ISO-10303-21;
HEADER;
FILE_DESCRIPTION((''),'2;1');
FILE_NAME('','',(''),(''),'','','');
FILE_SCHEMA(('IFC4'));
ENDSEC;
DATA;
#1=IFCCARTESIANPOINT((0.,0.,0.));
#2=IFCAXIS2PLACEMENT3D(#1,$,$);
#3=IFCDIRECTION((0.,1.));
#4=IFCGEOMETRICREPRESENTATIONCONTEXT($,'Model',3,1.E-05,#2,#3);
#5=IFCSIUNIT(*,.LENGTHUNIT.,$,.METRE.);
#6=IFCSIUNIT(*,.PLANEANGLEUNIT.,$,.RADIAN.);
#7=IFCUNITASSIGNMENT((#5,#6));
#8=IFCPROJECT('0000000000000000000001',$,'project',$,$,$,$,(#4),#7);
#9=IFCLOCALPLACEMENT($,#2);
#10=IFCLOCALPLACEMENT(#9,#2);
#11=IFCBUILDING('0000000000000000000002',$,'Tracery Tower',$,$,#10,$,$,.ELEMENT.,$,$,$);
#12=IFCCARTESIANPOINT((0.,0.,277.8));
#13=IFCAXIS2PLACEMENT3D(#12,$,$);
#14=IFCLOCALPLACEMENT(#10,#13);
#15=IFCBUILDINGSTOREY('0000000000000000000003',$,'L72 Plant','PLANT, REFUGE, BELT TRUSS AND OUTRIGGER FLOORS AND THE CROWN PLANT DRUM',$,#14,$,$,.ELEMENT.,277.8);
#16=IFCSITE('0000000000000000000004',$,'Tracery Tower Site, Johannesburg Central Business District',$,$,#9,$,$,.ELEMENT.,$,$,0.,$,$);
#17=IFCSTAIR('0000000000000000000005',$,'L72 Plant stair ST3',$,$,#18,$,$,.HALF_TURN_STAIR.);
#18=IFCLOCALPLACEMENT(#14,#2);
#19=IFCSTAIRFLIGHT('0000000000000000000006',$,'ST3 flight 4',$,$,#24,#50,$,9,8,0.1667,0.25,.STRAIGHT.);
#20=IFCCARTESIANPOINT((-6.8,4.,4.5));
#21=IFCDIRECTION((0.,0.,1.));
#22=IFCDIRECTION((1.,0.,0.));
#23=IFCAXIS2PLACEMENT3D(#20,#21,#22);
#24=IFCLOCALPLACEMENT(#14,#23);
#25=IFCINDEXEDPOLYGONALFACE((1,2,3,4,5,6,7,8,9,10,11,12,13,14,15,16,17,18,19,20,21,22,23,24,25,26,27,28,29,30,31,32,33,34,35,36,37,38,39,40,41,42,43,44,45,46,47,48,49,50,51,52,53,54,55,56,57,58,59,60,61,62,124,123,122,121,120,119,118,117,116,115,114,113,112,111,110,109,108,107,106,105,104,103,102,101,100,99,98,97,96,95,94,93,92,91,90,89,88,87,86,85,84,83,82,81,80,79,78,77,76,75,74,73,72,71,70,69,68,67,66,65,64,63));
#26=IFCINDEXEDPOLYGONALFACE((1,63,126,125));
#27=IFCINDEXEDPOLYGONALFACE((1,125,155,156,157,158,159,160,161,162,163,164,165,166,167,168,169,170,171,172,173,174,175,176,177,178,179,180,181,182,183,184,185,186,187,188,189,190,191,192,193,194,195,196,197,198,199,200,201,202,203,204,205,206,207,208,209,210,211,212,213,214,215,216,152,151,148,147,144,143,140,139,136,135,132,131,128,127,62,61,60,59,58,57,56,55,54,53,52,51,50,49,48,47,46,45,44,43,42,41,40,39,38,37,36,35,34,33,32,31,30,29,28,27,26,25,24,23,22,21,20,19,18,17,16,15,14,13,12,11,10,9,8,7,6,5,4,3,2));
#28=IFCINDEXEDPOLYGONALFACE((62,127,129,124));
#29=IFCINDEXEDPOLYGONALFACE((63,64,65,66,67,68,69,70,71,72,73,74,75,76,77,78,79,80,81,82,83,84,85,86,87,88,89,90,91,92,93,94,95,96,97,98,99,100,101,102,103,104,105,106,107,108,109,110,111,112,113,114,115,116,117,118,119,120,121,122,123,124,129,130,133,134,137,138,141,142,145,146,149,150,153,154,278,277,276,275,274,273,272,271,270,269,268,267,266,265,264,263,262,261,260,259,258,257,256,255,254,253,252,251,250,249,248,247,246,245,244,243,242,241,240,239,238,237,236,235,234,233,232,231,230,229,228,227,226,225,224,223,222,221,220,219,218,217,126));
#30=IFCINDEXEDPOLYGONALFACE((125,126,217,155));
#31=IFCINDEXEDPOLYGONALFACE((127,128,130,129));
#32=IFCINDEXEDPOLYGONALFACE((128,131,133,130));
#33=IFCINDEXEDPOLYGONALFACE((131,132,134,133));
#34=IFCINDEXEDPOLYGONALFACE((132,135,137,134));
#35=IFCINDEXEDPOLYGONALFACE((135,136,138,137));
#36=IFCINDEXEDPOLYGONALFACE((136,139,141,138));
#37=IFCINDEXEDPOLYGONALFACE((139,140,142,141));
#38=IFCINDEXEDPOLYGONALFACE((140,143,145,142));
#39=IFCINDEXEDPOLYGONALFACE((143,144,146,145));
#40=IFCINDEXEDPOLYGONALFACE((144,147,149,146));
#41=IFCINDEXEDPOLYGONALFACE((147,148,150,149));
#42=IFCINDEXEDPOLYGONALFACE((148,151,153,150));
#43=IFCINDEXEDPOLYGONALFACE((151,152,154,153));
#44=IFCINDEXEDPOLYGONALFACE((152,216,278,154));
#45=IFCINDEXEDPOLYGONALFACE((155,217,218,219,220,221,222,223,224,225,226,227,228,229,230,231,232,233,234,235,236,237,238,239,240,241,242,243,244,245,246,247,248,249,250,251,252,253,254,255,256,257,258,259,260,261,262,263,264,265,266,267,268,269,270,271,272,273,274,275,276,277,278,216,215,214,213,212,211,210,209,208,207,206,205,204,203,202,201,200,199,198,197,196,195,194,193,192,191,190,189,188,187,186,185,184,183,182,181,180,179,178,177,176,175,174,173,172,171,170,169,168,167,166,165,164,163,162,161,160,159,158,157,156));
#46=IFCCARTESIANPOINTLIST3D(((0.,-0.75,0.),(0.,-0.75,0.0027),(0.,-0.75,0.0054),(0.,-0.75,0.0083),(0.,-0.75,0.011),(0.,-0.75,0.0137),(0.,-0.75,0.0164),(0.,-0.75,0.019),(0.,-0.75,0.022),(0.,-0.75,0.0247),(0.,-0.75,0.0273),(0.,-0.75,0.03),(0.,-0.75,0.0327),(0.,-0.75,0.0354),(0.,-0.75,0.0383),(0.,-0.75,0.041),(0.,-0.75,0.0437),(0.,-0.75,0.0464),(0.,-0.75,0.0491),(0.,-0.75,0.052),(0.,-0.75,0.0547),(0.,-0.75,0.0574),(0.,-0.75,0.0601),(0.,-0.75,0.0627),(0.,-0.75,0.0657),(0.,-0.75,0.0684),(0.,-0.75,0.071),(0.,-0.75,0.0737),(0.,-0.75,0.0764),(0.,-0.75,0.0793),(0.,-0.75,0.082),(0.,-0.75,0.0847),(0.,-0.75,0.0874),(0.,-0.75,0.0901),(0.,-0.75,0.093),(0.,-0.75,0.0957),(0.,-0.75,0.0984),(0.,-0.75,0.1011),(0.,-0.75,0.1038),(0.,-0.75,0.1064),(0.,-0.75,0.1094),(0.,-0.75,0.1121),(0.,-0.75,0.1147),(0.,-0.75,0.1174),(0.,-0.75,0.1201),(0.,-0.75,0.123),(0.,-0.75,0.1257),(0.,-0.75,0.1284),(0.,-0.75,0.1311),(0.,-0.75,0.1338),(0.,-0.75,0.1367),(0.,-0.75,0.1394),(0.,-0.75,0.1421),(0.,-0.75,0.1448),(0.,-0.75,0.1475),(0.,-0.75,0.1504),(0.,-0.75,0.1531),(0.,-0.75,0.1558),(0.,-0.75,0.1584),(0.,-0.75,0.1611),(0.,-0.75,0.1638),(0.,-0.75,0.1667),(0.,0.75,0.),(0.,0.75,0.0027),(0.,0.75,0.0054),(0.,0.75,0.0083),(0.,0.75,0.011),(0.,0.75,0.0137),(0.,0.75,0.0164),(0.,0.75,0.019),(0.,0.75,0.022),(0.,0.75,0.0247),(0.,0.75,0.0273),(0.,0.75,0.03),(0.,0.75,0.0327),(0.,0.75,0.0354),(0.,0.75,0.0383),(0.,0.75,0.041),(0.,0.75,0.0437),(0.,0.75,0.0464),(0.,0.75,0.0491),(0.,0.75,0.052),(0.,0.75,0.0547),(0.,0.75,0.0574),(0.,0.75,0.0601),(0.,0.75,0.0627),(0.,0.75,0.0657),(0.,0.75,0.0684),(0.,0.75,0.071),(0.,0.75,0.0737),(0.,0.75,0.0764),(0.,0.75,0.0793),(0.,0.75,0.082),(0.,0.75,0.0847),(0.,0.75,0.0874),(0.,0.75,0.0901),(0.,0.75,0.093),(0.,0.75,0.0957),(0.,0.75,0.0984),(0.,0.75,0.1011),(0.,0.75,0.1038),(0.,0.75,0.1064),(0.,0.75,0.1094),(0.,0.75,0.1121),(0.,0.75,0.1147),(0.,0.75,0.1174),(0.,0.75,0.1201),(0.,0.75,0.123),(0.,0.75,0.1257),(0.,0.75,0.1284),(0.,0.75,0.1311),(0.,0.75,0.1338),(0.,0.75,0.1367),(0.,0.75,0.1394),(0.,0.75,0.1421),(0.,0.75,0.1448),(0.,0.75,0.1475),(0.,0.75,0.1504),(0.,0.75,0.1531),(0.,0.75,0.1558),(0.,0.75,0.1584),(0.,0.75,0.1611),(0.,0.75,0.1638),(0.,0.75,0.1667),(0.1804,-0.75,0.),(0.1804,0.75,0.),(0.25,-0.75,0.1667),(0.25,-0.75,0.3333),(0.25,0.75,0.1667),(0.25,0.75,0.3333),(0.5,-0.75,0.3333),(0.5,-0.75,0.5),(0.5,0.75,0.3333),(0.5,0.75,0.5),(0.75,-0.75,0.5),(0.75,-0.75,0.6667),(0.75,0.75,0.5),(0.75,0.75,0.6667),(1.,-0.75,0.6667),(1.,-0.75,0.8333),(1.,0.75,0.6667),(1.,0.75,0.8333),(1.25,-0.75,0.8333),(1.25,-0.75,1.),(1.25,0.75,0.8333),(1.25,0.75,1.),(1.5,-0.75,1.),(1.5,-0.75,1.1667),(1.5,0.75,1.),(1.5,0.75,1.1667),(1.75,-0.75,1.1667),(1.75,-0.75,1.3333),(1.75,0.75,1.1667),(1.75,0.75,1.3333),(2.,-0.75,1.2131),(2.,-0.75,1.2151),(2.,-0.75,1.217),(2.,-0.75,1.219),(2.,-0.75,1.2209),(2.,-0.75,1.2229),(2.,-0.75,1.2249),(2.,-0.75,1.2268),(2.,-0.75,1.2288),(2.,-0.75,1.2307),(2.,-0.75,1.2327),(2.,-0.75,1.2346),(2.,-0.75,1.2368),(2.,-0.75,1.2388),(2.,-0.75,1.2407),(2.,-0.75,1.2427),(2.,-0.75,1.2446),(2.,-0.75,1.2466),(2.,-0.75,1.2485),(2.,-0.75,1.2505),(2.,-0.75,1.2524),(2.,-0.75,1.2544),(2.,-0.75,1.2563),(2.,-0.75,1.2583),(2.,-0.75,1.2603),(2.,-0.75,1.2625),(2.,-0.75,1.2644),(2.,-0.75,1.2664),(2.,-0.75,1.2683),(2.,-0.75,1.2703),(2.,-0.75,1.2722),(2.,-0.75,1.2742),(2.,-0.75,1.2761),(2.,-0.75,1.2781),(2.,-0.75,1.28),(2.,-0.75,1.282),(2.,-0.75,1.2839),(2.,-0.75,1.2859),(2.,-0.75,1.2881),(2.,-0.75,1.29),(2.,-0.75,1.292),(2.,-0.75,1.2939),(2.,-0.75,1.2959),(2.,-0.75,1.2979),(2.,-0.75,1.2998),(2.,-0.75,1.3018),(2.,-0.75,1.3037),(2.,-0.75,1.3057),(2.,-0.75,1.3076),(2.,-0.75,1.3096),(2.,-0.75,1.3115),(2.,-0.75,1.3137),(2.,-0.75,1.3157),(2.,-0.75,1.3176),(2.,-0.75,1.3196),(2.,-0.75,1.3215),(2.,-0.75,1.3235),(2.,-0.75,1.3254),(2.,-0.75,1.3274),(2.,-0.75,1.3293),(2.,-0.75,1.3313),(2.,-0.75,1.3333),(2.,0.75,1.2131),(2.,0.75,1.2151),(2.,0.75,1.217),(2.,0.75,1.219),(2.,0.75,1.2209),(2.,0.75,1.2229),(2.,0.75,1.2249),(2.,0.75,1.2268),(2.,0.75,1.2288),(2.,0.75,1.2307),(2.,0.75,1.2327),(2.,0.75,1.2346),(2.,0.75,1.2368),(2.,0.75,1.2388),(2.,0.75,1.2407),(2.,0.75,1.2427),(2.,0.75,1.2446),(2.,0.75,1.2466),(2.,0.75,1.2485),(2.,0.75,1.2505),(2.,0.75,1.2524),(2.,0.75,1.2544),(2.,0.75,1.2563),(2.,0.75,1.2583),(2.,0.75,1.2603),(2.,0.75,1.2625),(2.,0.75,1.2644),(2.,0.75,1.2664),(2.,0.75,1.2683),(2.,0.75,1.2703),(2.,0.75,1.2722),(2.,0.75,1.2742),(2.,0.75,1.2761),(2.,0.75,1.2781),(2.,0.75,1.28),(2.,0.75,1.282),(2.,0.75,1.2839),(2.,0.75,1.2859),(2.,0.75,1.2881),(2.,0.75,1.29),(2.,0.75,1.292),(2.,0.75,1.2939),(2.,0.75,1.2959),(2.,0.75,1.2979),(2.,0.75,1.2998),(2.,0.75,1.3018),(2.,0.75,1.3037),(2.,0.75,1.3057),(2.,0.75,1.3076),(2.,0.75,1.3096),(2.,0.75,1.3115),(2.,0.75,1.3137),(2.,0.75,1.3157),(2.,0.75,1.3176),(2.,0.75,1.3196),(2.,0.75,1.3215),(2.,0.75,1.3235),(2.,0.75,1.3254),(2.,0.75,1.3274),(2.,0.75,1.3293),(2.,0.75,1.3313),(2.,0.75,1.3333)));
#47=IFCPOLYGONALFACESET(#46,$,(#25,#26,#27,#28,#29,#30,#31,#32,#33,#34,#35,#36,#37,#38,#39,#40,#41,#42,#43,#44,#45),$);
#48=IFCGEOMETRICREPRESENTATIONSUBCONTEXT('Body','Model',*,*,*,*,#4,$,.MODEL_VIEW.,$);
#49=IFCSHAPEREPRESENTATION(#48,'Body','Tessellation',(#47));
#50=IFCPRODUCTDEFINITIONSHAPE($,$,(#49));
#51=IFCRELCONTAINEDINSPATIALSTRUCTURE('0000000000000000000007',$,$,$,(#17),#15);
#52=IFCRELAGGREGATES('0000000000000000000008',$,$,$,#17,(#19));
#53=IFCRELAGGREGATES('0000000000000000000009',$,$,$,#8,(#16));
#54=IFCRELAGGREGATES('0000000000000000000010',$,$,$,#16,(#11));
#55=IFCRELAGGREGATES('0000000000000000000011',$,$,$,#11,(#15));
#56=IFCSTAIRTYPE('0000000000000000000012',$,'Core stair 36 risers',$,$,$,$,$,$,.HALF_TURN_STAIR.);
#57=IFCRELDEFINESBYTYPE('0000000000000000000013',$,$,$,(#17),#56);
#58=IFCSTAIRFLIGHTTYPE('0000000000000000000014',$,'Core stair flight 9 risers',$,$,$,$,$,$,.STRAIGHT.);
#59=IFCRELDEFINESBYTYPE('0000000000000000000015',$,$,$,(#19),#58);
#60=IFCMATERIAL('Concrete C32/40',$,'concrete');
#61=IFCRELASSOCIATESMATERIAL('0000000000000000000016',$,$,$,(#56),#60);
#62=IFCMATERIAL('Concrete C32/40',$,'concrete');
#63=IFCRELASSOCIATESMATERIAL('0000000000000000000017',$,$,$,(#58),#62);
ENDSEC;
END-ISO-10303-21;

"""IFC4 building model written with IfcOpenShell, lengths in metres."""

from ifc_helpers import new_model, si_unit, direction, frame, origin, place, context, subcontext, project, spatial, polyline, outline, extrude, material, type_object, element, aggregate, save


model = new_model("IFC4")

# Units and contexts
model_context = context("Model", 3, precision=1e-05, world=origin(), true_north=direction((0.0, 1.0)))
body_context = subcontext(model_context, "Body", "Model", "MODEL_VIEW")
ifc_project = project(units=[si_unit("LENGTHUNIT", "METRE"), si_unit("PLANEANGLEUNIT", "RADIAN")], contexts=[model_context])

# Site, building, storey
site_placement = place(None, origin())
site = spatial("IfcSite", under=ifc_project, at=site_placement, Name="Tracery Tower Site, Johannesburg Central Business District", CompositionType="ELEMENT", RefElevation=0.0)
building_placement = place(site_placement, origin())
building = spatial("IfcBuilding", under=site, at=building_placement, Name="Tracery Tower", CompositionType="ELEMENT")
storey_placement = place(building_placement, frame((0.0, 0.0, 277.8)))
storey = spatial("IfcBuildingStorey", under=building, at=storey_placement, Name="L72 Plant", Description="PLANT, REFUGE, BELT TRUSS AND OUTRIGGER FLOORS AND THE CROWN PLANT DRUM", CompositionType="ELEMENT", Elevation=277.8)

# Stair, stair flight
ifc_material_1 = material(Name="Concrete C32/40", Category="concrete")
stair_type = type_object("IfcStairType", Name="Core stair 36 risers", PredefinedType="HALF_TURN_STAIR", material=ifc_material_1)
stair_placement = place(storey_placement, origin())
stair = element("IfcStair", 1, at=stair_placement, inside=storey, type_object=stair_type, Name="L72 Plant stair ST3", PredefinedType="HALF_TURN_STAIR")
ifc_material_2 = material(Name="Concrete C32/40", Category="concrete")
stair_flight_type = type_object("IfcStairFlightType", Name="Core stair flight 9 risers", PredefinedType="STRAIGHT", material=ifc_material_2)
stair_flight_1_placement = place(storey_placement, frame((-6.8, 4.0, 4.5), z_axis=(0.0, 0.0, 1.0), x_axis=(1.0, 0.0, 0.0)))
stair_flight_1 = element("IfcStairFlight", 2, at=stair_flight_1_placement, type_object=stair_flight_type, Name="ST3 flight 4", NumberOfRisers=9, NumberOfTreads=8, PredefinedType="STRAIGHT", RiserHeight=0.1667, TreadLength=0.25, context=body_context, shape_type="SweptSolid", body=[
    extrude(outline(polyline([(0.0, 0.0), (0.0, 0.0027), (0.0, 0.0054), (0.0, 0.0083), (0.0, 0.011), (0.0, 0.0137), (0.0, 0.0164), (0.0, 0.019), (0.0, 0.022), (0.0, 0.0247), (0.0, 0.0273), (0.0, 0.03), (0.0, 0.0327), (0.0, 0.0354), (0.0, 0.0383), (0.0, 0.041), (0.0, 0.0437), (0.0, 0.0464), (0.0, 0.0491), (0.0, 0.052), (0.0, 0.0547), (0.0, 0.0574), (0.0, 0.0601), (0.0, 0.0627), (0.0, 0.0657), (0.0, 0.0684), (0.0, 0.071), (0.0, 0.0737), (0.0, 0.0764), (0.0, 0.0793), (0.0, 0.082), (0.0, 0.0847), (0.0, 0.0874), (0.0, 0.0901), (0.0, 0.093), (0.0, 0.0957), (0.0, 0.0984), (0.0, 0.1011), (0.0, 0.1038), (0.0, 0.1064), (0.0, 0.1094), (0.0, 0.1121), (0.0, 0.1147), (0.0, 0.1174), (0.0, 0.1201), (0.0, 0.123), (0.0, 0.1257), (0.0, 0.1284), (0.0, 0.1311), (0.0, 0.1338), (0.0, 0.1367), (0.0, 0.1394), (0.0, 0.1421), (0.0, 0.1448), (0.0, 0.1475), (0.0, 0.1504), (0.0, 0.1531), (0.0, 0.1558), (0.0, 0.1584), (0.0, 0.1611), (0.0, 0.1638), (0.0, 0.1667), (0.25, 0.1667), (0.25, 0.3333), (0.5, 0.3333), (0.5, 0.5), (0.75, 0.5), (0.75, 0.6667), (1.0, 0.6667), (1.0, 0.8333), (1.25, 0.8333), (1.25, 1.0), (1.5, 1.0), (1.5, 1.1667), (1.75, 1.1667), (1.75, 1.3333), (2.0, 1.3333), (2.0, 1.3313), (2.0, 1.3293), (2.0, 1.3274), (2.0, 1.3254), (2.0, 1.3235), (2.0, 1.3215), (2.0, 1.3196), (2.0, 1.3176), (2.0, 1.3157), (2.0, 1.3137), (2.0, 1.3115), (2.0, 1.3096), (2.0, 1.3076), (2.0, 1.3057), (2.0, 1.3037), (2.0, 1.3018), (2.0, 1.2998), (2.0, 1.2979), (2.0, 1.2959), (2.0, 1.2939), (2.0, 1.292), (2.0, 1.29), (2.0, 1.2881), (2.0, 1.2859), (2.0, 1.2839), (2.0, 1.282), (2.0, 1.28), (2.0, 1.2781), (2.0, 1.2761), (2.0, 1.2742), (2.0, 1.2722), (2.0, 1.2703), (2.0, 1.2683), (2.0, 1.2664), (2.0, 1.2644), (2.0, 1.2625), (2.0, 1.2603), (2.0, 1.2583), (2.0, 1.2563), (2.0, 1.2544), (2.0, 1.2524), (2.0, 1.2505), (2.0, 1.2485), (2.0, 1.2466), (2.0, 1.2446), (2.0, 1.2427), (2.0, 1.2407), (2.0, 1.2388), (2.0, 1.2368), (2.0, 1.2346), (2.0, 1.2327), (2.0, 1.2307), (2.0, 1.2288), (2.0, 1.2268), (2.0, 1.2249), (2.0, 1.2229), (2.0, 1.2209), (2.0, 1.219), (2.0, 1.217), (2.0, 1.2151), (2.0, 1.2131), (0.1804, 0.0), (0.0, 0.0)])), frame((0.0, 0.75, 0.0), z_axis=(0.0, -1.0, 0.0), x_axis=(1.0, 0.0, 0.0)), (0.0, 0.0, 1.0), 1.5),
])
aggregate(stair, [stair_flight_1])

save(model, "model.ifc")
